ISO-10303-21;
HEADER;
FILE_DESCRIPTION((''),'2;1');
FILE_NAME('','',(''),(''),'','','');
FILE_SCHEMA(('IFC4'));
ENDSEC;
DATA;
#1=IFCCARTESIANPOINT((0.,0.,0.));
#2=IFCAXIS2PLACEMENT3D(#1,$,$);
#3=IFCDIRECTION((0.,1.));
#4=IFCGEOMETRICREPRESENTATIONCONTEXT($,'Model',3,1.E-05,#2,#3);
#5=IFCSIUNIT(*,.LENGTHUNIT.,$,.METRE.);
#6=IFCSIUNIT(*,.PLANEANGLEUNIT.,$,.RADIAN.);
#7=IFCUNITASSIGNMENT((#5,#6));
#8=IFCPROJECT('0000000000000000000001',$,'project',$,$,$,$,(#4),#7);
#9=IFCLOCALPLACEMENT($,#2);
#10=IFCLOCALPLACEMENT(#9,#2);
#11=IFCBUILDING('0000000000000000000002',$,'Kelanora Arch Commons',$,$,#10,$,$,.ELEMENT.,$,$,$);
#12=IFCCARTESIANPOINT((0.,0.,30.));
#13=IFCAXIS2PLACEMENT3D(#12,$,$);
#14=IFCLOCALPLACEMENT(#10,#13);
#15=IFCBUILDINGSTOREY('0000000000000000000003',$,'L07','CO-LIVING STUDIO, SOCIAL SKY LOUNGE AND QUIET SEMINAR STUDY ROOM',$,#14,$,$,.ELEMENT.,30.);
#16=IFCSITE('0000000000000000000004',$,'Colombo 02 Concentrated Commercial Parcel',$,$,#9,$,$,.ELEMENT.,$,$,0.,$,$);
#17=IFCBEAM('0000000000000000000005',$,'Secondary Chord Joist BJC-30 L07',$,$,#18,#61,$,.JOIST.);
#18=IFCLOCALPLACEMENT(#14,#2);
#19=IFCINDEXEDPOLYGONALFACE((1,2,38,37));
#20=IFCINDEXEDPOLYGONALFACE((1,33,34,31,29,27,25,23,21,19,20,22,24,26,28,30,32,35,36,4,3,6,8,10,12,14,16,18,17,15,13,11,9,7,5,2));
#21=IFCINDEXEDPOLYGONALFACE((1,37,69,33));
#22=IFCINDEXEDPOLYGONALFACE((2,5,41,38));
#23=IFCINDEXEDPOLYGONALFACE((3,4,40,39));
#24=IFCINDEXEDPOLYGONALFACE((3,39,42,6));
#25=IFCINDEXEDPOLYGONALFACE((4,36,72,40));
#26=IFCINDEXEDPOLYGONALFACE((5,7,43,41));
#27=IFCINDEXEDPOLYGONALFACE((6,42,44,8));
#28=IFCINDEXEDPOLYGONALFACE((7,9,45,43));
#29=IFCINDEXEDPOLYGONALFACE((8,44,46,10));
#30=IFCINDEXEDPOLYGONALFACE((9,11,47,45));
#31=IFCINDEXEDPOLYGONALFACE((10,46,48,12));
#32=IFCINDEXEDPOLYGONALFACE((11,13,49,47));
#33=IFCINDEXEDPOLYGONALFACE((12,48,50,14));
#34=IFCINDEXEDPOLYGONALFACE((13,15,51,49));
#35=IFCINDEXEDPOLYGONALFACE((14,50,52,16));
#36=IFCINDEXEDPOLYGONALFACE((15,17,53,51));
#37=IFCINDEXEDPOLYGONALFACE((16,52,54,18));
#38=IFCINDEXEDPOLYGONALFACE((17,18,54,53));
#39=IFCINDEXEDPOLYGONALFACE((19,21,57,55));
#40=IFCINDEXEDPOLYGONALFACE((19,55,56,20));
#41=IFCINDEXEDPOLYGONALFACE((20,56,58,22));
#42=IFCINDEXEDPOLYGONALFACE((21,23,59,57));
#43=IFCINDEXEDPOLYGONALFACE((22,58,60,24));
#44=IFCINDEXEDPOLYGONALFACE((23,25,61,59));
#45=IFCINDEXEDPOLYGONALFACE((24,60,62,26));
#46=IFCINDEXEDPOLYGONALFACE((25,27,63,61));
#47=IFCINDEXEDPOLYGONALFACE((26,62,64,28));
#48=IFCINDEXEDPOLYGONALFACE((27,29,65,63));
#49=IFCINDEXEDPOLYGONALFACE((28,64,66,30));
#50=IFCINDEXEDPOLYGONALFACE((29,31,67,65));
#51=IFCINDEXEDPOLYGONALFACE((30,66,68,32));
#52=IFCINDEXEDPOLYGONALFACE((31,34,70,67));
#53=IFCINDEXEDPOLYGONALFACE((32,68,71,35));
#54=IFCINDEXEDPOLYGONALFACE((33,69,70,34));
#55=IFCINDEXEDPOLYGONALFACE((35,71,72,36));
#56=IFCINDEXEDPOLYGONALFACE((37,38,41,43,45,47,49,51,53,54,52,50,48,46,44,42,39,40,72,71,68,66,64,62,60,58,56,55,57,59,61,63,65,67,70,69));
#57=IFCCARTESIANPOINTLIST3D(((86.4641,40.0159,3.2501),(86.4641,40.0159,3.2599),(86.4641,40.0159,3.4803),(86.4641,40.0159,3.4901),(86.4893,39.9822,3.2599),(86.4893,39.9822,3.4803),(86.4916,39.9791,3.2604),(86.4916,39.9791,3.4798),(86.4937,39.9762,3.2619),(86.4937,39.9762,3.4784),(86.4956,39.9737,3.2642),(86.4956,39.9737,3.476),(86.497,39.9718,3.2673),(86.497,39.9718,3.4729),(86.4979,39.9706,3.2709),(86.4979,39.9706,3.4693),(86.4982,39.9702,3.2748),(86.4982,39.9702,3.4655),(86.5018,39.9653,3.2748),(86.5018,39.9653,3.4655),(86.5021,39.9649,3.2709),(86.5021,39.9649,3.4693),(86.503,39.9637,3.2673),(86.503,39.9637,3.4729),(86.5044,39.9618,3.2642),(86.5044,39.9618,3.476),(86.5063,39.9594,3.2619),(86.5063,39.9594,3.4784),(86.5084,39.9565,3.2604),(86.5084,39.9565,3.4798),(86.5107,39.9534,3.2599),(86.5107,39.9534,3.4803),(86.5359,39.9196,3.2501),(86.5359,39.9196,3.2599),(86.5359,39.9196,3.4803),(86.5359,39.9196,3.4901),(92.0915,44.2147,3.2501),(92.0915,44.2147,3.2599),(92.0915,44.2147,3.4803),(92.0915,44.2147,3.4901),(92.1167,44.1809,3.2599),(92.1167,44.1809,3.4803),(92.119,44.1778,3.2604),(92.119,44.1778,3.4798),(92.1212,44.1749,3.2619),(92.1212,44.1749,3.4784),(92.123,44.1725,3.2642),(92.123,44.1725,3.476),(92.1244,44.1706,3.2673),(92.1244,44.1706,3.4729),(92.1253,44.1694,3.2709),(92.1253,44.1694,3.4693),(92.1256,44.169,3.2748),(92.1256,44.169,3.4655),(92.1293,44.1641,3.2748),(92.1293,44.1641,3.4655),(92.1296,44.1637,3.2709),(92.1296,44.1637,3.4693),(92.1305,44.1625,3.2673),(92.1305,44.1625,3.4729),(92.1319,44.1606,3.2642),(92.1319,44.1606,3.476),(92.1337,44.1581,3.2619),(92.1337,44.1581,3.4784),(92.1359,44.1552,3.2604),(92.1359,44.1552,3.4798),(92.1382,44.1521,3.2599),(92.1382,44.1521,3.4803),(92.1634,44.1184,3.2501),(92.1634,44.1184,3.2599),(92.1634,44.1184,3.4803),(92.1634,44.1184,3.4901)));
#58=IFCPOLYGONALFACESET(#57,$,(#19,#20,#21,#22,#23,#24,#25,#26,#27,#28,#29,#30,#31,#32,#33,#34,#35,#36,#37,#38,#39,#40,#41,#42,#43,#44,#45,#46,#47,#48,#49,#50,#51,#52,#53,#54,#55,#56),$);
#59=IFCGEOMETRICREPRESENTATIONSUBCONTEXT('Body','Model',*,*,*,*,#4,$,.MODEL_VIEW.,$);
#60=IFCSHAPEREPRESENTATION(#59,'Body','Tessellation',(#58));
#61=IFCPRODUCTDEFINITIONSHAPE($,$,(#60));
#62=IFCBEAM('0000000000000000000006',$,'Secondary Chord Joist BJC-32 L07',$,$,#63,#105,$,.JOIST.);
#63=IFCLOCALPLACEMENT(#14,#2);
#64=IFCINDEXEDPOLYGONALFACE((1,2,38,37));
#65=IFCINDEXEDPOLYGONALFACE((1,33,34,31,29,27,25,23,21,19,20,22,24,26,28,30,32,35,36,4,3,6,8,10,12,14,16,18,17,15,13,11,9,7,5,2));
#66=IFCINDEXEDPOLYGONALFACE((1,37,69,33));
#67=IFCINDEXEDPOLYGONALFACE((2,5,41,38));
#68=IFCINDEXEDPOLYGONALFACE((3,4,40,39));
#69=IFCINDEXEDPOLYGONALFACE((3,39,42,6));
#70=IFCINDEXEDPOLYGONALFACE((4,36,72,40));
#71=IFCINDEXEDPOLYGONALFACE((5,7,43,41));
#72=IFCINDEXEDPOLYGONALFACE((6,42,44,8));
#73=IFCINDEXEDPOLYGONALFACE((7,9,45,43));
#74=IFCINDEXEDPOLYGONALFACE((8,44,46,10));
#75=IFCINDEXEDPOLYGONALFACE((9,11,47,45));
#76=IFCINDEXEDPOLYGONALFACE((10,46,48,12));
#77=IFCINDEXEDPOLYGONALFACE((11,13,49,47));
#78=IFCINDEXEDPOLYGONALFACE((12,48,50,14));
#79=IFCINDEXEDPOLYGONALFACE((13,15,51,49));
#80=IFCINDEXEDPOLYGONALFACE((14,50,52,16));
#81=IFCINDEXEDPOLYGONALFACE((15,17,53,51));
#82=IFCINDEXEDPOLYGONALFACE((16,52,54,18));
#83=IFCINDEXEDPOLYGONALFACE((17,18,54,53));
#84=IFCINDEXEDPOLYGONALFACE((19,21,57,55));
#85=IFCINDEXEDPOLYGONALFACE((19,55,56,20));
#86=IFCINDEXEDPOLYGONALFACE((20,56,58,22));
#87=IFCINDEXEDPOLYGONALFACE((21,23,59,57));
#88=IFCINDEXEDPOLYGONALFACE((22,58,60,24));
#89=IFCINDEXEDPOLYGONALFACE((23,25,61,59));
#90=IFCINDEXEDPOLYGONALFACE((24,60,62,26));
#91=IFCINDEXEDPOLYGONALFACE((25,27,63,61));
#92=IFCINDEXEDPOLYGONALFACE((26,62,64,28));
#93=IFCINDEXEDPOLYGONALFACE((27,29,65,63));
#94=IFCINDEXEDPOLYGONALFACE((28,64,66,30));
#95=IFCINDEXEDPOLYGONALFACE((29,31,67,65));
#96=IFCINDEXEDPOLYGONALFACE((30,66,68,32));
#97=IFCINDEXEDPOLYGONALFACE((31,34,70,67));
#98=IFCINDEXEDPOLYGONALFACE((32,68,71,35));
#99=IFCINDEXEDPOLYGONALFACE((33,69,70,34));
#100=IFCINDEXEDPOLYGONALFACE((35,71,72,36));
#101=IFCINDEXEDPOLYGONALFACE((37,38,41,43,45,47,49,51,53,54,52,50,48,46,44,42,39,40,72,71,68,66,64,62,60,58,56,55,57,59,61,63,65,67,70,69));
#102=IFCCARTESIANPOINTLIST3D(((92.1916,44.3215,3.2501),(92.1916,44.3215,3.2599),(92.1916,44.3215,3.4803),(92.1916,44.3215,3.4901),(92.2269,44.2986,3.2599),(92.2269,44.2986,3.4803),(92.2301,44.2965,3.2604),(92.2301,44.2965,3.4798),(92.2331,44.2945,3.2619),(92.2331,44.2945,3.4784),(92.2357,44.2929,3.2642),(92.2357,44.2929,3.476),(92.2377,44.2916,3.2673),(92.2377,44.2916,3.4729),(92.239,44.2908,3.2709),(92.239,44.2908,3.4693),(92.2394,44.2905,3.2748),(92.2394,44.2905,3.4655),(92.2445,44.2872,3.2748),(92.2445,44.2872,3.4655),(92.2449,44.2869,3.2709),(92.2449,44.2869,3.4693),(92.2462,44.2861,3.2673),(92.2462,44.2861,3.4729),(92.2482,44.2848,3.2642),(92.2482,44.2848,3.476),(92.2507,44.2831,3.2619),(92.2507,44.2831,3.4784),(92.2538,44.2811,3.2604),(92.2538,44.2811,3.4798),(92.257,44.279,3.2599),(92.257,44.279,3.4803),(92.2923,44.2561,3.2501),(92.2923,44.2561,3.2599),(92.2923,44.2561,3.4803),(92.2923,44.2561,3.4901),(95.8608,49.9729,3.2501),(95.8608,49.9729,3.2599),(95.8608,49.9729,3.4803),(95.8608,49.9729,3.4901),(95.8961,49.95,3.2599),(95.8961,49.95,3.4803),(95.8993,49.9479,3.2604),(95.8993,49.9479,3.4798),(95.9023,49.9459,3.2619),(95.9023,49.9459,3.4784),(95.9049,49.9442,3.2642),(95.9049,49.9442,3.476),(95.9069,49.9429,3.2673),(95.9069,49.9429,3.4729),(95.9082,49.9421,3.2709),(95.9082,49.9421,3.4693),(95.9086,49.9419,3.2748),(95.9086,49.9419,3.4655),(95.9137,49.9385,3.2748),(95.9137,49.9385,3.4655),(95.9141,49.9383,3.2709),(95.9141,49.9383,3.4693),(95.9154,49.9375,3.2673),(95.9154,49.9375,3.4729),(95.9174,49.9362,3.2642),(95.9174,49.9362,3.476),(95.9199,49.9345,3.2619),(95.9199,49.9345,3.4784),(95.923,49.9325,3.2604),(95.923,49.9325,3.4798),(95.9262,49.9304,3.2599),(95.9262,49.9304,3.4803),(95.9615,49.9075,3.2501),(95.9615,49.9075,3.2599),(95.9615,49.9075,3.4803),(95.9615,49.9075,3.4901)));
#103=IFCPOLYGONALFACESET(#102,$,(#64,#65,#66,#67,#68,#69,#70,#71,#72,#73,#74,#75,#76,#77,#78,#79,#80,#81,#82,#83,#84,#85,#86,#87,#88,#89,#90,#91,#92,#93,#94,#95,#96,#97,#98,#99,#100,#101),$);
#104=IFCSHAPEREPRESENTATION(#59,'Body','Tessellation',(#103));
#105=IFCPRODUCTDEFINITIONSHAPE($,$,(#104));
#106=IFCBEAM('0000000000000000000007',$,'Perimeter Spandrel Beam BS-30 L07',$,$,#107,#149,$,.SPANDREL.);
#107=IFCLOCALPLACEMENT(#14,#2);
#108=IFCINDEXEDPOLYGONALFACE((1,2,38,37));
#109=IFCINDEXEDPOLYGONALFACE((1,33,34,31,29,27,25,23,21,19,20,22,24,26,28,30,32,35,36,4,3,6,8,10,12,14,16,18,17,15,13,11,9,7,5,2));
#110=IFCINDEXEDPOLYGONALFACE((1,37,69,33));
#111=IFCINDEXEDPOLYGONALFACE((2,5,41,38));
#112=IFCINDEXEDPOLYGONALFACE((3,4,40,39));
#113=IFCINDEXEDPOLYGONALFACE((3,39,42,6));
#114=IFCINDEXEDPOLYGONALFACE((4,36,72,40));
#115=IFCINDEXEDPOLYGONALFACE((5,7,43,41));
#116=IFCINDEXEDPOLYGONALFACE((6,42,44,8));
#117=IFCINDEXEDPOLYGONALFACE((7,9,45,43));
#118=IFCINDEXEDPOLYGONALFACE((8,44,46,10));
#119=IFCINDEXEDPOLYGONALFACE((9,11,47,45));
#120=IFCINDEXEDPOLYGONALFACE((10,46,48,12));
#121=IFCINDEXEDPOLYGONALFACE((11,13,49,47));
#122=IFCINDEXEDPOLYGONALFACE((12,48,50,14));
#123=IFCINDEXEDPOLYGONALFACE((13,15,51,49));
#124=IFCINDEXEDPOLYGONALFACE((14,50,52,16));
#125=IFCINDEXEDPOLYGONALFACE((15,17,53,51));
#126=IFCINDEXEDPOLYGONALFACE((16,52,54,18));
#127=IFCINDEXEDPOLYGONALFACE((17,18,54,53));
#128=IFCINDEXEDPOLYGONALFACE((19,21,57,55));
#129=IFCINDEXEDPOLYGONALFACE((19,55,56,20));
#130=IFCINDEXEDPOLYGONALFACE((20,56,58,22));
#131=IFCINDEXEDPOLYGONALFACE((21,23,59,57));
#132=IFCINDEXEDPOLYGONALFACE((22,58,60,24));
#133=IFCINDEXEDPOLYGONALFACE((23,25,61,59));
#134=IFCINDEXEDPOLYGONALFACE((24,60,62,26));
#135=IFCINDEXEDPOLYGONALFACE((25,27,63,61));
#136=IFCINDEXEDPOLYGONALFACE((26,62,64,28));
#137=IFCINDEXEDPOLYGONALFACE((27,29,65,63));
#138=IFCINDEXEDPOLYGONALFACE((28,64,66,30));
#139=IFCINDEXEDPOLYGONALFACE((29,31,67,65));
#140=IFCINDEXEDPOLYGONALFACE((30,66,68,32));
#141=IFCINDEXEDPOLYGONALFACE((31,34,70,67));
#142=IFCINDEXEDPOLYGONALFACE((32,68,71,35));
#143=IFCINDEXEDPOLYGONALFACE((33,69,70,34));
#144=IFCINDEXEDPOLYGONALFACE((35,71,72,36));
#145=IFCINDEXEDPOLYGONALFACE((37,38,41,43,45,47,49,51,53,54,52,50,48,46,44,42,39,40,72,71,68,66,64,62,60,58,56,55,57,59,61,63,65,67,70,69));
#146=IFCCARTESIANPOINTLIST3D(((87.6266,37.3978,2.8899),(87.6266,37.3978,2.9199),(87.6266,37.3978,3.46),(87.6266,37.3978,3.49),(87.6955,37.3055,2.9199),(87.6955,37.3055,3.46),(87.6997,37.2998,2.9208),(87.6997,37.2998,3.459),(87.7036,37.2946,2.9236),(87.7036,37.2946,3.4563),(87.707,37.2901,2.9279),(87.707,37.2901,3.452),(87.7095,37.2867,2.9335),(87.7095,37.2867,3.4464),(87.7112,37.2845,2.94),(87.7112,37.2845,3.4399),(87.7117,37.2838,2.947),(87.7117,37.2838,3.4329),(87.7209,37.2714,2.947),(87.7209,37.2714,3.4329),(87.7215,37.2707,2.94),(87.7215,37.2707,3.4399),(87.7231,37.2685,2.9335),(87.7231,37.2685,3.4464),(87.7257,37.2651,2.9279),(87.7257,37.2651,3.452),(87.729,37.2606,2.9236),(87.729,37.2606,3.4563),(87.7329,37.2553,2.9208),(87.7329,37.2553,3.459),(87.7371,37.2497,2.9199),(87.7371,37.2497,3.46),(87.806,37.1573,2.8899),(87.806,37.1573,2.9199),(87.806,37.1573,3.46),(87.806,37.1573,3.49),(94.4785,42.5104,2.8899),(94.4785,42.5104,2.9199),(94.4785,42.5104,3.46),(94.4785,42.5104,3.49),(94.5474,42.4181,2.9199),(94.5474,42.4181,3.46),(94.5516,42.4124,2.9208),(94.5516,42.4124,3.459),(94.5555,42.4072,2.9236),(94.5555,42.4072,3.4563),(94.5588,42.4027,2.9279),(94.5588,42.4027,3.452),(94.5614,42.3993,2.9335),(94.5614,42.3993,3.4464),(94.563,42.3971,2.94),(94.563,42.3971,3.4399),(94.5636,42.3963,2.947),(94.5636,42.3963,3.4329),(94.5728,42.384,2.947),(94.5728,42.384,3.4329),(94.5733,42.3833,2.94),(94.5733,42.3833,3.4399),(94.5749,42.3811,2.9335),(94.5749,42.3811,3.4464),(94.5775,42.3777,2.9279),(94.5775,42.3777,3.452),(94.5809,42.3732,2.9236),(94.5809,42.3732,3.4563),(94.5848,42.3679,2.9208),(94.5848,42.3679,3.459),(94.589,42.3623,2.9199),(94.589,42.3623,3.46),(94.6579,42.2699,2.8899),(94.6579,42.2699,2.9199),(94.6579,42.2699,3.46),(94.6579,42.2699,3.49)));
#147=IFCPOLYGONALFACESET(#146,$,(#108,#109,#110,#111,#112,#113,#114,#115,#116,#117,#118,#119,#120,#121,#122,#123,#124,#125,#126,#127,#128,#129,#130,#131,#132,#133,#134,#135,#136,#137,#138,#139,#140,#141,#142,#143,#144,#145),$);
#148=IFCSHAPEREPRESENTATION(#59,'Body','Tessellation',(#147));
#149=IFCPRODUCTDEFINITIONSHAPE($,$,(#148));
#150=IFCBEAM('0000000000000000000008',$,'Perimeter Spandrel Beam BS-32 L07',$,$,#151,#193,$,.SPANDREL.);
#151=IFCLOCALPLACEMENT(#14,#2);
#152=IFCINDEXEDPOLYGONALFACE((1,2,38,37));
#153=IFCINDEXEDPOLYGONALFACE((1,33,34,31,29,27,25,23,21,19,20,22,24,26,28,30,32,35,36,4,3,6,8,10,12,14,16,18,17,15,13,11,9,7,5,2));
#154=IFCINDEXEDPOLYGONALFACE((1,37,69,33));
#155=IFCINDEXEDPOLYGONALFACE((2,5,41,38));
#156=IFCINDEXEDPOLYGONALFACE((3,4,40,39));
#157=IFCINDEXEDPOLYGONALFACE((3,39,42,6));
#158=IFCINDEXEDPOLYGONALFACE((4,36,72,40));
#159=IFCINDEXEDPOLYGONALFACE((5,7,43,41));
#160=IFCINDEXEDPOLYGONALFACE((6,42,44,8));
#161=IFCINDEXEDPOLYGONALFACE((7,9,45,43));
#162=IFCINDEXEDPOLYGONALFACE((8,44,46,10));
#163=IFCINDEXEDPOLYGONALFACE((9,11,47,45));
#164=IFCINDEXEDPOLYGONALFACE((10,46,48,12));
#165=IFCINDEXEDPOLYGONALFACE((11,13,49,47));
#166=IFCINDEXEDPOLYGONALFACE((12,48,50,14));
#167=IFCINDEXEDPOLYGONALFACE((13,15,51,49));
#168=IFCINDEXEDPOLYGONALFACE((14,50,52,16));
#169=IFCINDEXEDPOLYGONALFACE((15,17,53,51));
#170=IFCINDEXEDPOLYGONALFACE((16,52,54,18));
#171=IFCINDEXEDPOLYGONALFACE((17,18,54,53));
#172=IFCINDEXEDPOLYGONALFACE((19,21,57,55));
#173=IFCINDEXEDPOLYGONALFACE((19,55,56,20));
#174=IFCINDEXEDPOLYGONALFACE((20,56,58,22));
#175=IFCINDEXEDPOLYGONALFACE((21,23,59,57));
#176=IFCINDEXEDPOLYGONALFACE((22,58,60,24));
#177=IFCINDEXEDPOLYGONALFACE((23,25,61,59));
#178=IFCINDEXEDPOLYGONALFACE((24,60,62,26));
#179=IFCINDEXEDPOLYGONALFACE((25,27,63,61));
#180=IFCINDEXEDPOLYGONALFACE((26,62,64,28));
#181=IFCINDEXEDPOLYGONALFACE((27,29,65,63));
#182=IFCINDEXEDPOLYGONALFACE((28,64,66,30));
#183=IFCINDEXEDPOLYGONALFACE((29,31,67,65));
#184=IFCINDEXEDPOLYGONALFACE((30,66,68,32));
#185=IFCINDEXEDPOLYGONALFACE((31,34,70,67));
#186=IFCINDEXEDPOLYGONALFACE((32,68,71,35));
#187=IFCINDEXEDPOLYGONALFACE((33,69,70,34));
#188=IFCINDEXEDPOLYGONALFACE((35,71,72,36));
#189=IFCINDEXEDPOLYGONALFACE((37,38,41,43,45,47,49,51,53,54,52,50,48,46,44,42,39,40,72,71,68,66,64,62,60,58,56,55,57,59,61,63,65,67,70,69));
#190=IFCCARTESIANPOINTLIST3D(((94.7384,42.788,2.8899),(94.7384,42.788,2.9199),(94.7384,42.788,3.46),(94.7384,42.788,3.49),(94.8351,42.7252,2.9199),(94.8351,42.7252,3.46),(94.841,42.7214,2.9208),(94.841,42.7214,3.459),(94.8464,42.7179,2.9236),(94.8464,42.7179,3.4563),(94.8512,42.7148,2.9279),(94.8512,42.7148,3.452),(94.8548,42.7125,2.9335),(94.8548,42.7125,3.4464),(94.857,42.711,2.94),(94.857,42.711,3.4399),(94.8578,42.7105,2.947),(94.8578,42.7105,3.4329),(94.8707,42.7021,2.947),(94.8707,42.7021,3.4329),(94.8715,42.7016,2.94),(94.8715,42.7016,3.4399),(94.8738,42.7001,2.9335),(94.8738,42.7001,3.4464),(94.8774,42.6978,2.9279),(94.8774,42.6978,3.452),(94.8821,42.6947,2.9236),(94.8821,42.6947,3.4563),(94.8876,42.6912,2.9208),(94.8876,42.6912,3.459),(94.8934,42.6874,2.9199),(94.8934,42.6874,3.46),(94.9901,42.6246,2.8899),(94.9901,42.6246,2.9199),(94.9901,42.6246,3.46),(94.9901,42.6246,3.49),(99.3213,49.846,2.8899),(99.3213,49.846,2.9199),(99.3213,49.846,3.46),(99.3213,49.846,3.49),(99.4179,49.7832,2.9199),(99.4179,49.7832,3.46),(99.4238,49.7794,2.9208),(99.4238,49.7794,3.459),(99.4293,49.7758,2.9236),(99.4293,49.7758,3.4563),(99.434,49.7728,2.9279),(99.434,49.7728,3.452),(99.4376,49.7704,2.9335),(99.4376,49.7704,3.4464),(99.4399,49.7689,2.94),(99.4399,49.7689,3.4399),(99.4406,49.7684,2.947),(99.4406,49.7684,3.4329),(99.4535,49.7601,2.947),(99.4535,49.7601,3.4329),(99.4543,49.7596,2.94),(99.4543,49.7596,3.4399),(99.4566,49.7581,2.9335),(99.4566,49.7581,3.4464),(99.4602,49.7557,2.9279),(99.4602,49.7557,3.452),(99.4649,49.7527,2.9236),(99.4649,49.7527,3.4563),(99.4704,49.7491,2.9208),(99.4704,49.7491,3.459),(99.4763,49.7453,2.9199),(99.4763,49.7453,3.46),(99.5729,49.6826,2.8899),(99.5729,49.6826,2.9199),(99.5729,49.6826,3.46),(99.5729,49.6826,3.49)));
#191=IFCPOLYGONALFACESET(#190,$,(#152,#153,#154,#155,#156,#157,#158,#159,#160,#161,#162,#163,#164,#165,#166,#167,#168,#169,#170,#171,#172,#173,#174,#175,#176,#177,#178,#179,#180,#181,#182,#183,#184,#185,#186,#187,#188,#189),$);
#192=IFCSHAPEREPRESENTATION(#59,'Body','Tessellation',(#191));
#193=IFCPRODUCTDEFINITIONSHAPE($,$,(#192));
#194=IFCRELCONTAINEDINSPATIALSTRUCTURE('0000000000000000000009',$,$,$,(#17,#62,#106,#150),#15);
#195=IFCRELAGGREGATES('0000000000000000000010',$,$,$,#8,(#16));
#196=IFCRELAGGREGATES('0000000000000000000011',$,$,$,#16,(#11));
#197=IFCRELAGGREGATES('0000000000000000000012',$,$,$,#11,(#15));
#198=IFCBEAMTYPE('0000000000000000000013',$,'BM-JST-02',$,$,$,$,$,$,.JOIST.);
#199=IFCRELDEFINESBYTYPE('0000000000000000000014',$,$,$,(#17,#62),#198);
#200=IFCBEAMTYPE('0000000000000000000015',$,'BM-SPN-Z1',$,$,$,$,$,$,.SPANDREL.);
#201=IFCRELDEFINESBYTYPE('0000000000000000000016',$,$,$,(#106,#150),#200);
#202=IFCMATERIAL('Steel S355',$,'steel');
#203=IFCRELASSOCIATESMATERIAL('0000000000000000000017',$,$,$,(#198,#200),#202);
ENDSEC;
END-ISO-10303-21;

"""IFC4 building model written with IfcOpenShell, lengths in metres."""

from ifc_helpers import new_model, si_unit, direction, frame, origin, origin_2d, place, context, subcontext, project, spatial, i_section, extrude, material, material_profile, profile_set, type_object, element, save


model = new_model("IFC4")

# Units and contexts
model_context = context("Model", 3, precision=1e-05, world=origin(), true_north=direction((0.0, 1.0)))
body_context = subcontext(model_context, "Body", "Model", "MODEL_VIEW")
ifc_project = project(units=[si_unit("LENGTHUNIT", "METRE"), si_unit("PLANEANGLEUNIT", "RADIAN")], contexts=[model_context])

# Site, building, storey
site_placement = place(None, origin())
site = spatial("IfcSite", under=ifc_project, at=site_placement, Name="Colombo 02 Concentrated Commercial Parcel", CompositionType="ELEMENT", RefElevation=0.0)
building_placement = place(site_placement, origin())
building = spatial("IfcBuilding", under=site, at=building_placement, Name="Kelanora Arch Commons", CompositionType="ELEMENT")
storey_placement = place(building_placement, frame((0.0, 0.0, 30.0)))
storey = spatial("IfcBuildingStorey", under=building, at=storey_placement, Name="L07", Description="CO-LIVING STUDIO, SOCIAL SKY LOUNGE AND QUIET SEMINAR STUDY ROOM", CompositionType="ELEMENT", Elevation=30.0)

# Beams
ifc_material_1 = material(Name="Steel S355", Category="steel")
ifc_material_profile_1 = material_profile(ifc_material_1, i_section(OverallWidth=0.1201, OverallDepth=0.24, WebThickness=0.0061, FlangeThickness=0.0098, FilletRadius=0.0149, at=origin_2d()), Name="IPE240")
ifc_profile_set_1 = profile_set([ifc_material_profile_1], Name="Steel S355")
beam_type_1 = type_object("IfcBeamType", Name="BM-JST-02", PredefinedType="JOIST", material=ifc_profile_set_1)
beam_1_placement = place(storey_placement, frame((86.5, 39.9678, 3.3701), z_axis=(0.801491, 0.598006, 0.0), x_axis=(-0.598006, 0.801491, 0.0)))
element("IfcBeam", 1, at=beam_1_placement, inside=storey, type_object=beam_type_1, Name="Secondary Chord Joist BJC-30 L07", PredefinedType="JOIST", context=body_context, shape_type="SweptSolid", body=[
    extrude(i_section(OverallWidth=0.1201, OverallDepth=0.24, WebThickness=0.0061, FlangeThickness=0.0098, FilletRadius=0.0149, at=origin_2d()), origin(), (0.0, 0.0, 1.0), 7.0212),
])
beam_2_placement = place(storey_placement, frame((92.2419, 44.2888, 3.3701), z_axis=(0.54455, 0.838728, 0.0), x_axis=(-0.838728, 0.54455, 0.0)))
element("IfcBeam", 2, at=beam_2_placement, inside=storey, type_object=beam_type_1, Name="Secondary Chord Joist BJC-32 L07", PredefinedType="JOIST", context=body_context, shape_type="SweptSolid", body=[
    extrude(i_section(OverallWidth=0.1201, OverallDepth=0.24, WebThickness=0.0061, FlangeThickness=0.0098, FilletRadius=0.0149, at=origin_2d()), origin(), (0.0, 0.0, 1.0), 6.738),
])
ifc_material_profile_2 = material_profile(ifc_material_1, i_section(OverallWidth=0.3, OverallDepth=0.6001, WebThickness=0.0154, FlangeThickness=0.03, FilletRadius=0.0271, at=origin_2d()), Name="HEB600")
ifc_profile_set_2 = profile_set([ifc_material_profile_2], Name="Steel S355")
beam_type_2 = type_object("IfcBeamType", Name="BM-SPN-Z1", PredefinedType="SPANDREL", material=ifc_profile_set_2)
beam_3_placement = place(storey_placement, frame((87.7163, 37.2776, 3.1899), z_axis=(0.801475, 0.598029, 0.0), x_axis=(-0.598029, 0.801475, 0.0)))
element("IfcBeam", 3, at=beam_3_placement, inside=storey, type_object=beam_type_2, Name="Perimeter Spandrel Beam BS-30 L07", PredefinedType="SPANDREL", context=body_context, shape_type="SweptSolid", body=[
    extrude(i_section(OverallWidth=0.3, OverallDepth=0.6001, WebThickness=0.0154, FlangeThickness=0.03, FilletRadius=0.0271, at=origin_2d()), origin(), (0.0, 0.0, 1.0), 8.5491),
])
beam_4_placement = place(storey_placement, frame((94.8643, 42.7063, 3.1899), z_axis=(0.544583, 0.838707, 0.0), x_axis=(-0.838707, 0.544583, 0.0)))
element("IfcBeam", 4, at=beam_4_placement, inside=storey, type_object=beam_type_2, Name="Perimeter Spandrel Beam BS-32 L07", PredefinedType="SPANDREL", context=body_context, shape_type="SweptSolid", body=[
    extrude(i_section(OverallWidth=0.3, OverallDepth=0.6001, WebThickness=0.0154, FlangeThickness=0.03, FilletRadius=0.0271, at=origin_2d()), origin(), (0.0, 0.0, 1.0), 8.4153),
])

save(model, "model.ifc")
